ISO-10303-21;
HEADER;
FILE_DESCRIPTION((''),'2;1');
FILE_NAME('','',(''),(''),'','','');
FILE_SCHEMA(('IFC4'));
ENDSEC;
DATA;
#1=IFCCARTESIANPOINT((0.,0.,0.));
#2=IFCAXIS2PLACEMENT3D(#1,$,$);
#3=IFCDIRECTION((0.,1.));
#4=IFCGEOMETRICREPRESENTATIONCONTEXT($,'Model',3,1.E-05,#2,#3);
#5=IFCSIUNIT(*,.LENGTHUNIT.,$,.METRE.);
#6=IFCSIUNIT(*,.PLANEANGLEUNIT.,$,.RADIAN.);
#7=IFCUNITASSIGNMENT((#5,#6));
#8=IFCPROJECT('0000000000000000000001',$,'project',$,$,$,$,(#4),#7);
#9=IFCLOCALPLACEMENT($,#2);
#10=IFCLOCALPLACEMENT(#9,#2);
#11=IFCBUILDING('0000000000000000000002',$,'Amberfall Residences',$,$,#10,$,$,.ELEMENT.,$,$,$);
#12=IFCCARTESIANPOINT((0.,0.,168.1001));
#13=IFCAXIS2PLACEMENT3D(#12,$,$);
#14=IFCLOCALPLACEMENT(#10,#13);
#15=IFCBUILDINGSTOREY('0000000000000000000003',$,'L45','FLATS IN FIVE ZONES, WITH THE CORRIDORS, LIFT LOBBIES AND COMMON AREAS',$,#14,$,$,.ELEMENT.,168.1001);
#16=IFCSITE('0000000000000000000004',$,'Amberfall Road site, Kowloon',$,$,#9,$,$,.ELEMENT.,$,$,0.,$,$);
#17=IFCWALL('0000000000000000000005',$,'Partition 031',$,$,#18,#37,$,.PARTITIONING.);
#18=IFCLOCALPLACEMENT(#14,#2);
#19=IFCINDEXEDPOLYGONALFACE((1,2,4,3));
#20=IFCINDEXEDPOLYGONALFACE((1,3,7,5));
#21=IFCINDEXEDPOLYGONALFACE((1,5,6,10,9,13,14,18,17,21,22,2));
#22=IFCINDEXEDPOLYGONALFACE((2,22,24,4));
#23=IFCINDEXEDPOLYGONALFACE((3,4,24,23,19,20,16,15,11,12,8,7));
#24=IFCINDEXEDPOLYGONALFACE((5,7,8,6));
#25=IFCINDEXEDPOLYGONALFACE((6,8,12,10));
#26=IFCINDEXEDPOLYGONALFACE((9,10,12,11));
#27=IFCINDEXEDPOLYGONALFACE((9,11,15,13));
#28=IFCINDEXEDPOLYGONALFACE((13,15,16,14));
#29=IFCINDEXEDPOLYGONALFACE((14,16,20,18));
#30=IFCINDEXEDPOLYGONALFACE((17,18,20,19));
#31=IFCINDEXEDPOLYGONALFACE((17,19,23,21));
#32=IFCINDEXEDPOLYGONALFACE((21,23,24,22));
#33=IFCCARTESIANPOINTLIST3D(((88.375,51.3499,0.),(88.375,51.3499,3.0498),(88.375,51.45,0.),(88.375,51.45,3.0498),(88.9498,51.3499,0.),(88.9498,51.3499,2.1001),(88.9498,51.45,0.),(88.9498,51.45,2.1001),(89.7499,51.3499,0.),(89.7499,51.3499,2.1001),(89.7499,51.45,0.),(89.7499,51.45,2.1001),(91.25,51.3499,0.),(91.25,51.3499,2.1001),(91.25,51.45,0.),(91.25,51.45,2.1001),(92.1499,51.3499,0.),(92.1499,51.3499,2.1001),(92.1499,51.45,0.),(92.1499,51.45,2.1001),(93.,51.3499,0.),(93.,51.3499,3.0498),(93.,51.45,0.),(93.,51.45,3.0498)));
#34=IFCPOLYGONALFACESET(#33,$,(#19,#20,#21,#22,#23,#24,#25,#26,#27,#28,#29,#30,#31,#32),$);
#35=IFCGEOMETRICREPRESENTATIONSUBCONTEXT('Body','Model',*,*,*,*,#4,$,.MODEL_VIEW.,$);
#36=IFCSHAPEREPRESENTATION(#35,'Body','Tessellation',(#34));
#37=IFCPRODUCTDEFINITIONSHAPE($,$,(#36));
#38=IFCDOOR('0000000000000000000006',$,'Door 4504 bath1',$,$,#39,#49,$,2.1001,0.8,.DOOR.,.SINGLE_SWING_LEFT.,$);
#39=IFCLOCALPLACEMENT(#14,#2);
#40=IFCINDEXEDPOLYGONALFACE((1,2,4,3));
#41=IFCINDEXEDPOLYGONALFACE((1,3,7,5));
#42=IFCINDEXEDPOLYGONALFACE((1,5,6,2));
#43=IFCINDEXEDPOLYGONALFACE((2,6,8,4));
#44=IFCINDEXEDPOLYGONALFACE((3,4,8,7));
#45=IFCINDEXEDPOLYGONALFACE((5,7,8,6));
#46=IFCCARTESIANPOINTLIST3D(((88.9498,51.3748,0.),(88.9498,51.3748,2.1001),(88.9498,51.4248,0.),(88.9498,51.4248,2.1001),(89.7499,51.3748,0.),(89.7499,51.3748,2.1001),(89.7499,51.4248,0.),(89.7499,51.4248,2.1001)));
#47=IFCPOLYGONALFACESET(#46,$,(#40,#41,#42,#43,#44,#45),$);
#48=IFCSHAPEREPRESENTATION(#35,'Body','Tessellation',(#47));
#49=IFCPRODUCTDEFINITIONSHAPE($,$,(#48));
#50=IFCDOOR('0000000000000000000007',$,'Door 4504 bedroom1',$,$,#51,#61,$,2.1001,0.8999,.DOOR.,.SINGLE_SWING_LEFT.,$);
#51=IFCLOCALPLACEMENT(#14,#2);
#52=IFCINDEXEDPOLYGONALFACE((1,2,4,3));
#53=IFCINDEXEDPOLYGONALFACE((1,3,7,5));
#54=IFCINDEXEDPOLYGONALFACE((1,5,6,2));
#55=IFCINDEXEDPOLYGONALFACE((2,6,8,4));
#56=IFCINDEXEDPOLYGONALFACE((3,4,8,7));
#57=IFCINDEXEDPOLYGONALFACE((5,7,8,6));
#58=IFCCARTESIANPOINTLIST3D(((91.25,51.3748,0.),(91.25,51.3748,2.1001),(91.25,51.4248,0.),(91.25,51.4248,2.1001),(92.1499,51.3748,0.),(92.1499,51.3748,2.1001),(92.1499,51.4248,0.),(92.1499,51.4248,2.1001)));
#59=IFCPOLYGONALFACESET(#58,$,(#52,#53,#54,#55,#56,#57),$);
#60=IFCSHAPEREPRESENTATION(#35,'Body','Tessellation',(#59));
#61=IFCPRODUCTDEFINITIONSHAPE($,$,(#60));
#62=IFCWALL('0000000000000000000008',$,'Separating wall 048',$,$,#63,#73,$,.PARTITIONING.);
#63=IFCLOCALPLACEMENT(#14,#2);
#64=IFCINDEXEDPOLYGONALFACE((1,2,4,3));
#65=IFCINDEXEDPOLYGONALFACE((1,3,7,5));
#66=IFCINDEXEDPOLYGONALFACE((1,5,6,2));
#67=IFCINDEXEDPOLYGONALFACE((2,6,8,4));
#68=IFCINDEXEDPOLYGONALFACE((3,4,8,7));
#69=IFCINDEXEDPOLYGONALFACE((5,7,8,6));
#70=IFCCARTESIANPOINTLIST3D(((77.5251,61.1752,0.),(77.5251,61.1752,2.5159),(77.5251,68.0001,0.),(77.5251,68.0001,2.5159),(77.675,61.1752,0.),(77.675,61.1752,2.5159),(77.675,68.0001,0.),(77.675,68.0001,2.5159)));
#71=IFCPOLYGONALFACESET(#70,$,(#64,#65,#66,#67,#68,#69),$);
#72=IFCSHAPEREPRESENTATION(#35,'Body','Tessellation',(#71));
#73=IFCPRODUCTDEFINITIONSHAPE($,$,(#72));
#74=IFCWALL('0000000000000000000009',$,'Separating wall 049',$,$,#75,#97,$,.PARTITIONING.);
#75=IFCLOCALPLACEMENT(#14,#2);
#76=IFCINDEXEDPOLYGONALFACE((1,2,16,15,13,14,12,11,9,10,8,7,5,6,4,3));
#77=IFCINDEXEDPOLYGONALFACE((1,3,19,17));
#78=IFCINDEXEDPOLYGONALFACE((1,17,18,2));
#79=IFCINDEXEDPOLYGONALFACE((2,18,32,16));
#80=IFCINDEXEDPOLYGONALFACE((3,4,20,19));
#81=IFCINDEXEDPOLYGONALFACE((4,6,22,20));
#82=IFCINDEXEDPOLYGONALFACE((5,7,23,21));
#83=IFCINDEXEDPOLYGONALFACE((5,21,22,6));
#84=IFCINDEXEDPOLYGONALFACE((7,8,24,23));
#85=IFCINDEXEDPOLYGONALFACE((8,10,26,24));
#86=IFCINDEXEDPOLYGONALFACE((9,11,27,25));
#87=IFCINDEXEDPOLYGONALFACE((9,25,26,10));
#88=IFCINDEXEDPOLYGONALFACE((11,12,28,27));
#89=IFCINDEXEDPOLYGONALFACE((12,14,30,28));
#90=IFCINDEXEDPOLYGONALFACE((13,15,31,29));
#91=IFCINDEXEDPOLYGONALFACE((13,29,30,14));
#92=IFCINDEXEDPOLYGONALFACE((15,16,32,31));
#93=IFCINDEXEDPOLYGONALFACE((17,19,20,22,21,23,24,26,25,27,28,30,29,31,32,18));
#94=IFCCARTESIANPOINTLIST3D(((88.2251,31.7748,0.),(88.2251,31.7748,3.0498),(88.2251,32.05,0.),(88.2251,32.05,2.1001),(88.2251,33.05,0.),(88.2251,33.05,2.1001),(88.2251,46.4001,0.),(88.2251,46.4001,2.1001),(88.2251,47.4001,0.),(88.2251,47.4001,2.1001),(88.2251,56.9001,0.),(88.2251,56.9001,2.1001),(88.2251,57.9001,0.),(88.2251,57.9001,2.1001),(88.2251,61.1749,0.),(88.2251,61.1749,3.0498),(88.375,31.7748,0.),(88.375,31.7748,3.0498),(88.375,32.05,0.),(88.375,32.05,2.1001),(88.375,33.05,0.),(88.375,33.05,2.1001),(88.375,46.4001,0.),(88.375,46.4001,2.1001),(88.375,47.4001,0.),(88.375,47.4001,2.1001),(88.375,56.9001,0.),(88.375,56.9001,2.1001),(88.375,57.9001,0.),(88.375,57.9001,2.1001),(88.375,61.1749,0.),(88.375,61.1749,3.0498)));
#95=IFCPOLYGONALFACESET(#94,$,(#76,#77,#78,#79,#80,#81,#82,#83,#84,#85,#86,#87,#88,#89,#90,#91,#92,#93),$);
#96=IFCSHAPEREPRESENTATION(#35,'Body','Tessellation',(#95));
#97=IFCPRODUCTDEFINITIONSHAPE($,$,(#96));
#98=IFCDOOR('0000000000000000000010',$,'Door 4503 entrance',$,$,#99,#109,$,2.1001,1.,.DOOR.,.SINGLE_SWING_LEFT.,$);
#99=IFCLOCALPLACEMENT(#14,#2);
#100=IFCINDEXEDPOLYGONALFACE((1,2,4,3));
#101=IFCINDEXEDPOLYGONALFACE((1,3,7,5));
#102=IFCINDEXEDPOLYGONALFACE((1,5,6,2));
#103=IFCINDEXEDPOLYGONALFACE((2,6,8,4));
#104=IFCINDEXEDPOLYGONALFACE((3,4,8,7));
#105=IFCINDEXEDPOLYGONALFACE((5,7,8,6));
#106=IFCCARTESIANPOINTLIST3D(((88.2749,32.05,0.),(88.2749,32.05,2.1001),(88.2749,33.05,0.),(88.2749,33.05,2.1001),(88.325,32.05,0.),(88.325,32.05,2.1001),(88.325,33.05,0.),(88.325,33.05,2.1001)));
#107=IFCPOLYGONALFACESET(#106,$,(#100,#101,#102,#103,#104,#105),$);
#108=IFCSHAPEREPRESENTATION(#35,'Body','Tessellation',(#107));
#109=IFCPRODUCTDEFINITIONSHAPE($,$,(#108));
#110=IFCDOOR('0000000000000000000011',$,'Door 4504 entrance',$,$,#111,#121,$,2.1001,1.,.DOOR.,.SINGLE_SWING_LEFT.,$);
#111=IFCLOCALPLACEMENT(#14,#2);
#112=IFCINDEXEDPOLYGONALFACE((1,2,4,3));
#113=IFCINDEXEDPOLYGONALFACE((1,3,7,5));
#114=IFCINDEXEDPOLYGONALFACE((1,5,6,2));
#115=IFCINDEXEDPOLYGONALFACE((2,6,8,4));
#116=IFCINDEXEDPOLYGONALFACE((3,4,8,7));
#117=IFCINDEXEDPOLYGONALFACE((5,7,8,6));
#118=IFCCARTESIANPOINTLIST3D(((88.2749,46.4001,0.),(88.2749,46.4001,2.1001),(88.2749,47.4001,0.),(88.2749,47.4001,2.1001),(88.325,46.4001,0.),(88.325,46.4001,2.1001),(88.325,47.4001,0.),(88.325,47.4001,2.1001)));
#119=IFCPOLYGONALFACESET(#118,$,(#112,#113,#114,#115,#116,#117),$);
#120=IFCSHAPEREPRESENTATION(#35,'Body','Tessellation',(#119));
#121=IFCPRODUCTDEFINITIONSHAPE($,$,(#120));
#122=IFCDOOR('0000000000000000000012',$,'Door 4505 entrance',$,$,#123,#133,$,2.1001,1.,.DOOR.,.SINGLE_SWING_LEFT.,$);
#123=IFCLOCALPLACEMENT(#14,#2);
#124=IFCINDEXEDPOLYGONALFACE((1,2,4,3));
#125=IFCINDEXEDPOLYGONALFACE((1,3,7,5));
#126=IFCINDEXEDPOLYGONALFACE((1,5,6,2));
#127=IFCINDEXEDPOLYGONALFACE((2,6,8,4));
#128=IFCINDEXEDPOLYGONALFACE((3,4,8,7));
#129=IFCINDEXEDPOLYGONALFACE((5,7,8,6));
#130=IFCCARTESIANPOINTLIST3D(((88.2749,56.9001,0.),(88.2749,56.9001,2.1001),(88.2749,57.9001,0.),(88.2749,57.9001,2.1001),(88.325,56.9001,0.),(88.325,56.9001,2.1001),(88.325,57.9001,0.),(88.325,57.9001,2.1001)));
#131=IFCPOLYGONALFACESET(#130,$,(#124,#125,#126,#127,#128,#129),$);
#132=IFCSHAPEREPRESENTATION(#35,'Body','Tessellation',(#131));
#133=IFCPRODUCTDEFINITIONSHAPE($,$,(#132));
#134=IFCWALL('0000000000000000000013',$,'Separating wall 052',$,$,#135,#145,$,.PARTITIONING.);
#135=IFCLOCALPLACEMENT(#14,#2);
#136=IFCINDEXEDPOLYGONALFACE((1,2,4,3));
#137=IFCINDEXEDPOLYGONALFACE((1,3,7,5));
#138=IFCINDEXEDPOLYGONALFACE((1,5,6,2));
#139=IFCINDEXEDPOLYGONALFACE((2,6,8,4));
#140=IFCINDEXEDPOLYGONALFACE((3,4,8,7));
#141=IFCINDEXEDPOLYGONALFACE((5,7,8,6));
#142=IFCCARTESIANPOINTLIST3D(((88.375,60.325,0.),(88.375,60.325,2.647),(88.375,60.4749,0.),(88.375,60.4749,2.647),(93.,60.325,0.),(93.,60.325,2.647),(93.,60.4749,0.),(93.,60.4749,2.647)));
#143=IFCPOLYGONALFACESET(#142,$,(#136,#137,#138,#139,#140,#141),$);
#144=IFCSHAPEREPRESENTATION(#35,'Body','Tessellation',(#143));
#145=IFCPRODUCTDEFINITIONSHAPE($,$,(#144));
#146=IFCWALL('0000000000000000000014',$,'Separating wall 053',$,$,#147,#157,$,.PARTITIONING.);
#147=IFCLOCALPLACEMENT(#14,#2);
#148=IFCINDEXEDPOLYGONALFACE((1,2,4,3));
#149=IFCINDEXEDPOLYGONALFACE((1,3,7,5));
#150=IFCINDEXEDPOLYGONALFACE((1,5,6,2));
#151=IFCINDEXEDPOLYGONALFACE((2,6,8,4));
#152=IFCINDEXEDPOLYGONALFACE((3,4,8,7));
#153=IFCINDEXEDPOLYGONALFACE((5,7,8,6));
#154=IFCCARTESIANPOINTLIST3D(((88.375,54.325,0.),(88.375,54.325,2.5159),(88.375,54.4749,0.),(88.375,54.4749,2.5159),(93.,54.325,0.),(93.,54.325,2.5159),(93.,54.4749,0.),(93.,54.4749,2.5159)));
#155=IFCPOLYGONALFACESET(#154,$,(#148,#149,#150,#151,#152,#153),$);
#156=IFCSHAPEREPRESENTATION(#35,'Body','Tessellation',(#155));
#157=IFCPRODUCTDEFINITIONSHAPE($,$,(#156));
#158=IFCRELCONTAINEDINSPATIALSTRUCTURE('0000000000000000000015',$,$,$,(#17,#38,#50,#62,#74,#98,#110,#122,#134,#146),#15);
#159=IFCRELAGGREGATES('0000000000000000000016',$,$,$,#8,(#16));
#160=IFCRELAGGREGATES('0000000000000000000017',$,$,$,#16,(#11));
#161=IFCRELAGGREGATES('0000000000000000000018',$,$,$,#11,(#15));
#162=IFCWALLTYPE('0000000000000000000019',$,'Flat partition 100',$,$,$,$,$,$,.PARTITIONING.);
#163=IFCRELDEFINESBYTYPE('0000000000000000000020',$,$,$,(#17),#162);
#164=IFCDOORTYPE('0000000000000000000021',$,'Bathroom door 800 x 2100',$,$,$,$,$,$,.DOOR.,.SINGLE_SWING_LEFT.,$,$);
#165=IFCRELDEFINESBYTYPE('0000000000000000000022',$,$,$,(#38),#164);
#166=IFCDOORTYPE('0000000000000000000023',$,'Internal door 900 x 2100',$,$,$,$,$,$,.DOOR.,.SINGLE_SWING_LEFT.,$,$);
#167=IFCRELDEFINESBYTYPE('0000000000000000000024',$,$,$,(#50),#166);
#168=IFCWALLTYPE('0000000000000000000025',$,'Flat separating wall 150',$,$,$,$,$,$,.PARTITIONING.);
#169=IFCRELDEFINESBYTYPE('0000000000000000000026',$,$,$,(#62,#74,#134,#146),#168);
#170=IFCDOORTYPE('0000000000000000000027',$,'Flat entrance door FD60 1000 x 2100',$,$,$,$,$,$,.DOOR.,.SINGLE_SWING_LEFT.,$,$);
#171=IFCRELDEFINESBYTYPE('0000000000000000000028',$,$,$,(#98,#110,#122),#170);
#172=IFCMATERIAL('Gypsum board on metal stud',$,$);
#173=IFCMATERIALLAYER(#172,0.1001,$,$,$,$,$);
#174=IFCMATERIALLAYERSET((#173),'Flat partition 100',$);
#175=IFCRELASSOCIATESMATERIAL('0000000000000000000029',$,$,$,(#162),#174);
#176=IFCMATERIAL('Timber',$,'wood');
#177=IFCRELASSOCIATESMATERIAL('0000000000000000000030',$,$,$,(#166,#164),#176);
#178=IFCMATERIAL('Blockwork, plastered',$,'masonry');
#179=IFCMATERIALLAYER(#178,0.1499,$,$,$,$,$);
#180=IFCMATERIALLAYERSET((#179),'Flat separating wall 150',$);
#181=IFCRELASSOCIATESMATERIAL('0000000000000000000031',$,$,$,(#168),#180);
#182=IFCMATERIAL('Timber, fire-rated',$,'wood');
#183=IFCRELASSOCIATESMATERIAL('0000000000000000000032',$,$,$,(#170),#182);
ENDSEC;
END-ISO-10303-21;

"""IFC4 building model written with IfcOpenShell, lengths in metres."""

from ifc_helpers import new_model, si_unit, direction, frame, frame_2d, origin, place, context, subcontext, project, spatial, rectangle, extrude, material, layer, layer_set, type_object, element, fill, save


model = new_model("IFC4")

# Units and contexts
model_context = context("Model", 3, precision=1e-05, world=origin(), true_north=direction((0.0, 1.0)))
body_context = subcontext(model_context, "Body", "Model", "MODEL_VIEW")
ifc_project = project(units=[si_unit("LENGTHUNIT", "METRE"), si_unit("PLANEANGLEUNIT", "RADIAN")], contexts=[model_context])

# Site, building, storey
site_placement = place(None, origin())
site = spatial("IfcSite", under=ifc_project, at=site_placement, Name="Amberfall Road site, Kowloon", CompositionType="ELEMENT", RefElevation=0.0)
building_placement = place(site_placement, origin())
building = spatial("IfcBuilding", under=site, at=building_placement, Name="Amberfall Residences", CompositionType="ELEMENT")
storey_placement = place(building_placement, frame((0.0, 0.0, 168.1001)))
storey = spatial("IfcBuildingStorey", under=building, at=storey_placement, Name="L45", Description="FLATS IN FIVE ZONES, WITH THE CORRIDORS, LIFT LOBBIES AND COMMON AREAS", CompositionType="ELEMENT", Elevation=168.1001)

# Shared definitions
ifc_material_1 = material(Name="Gypsum board on metal stud")
ifc_layer_1 = layer(ifc_material_1, 0.1001)
ifc_layer_set_1 = layer_set([ifc_layer_1], Name="Flat partition 100")
wall_type_1 = type_object("IfcWallType", Name="Flat partition 100", PredefinedType="PARTITIONING", material=ifc_layer_set_1)

# Shared definitions
ifc_material_2 = material(Name="Timber", Category="wood")
door_type_1 = type_object("IfcDoorType", Name="Internal door 900 x 2100", OperationType="SINGLE_SWING_LEFT", PredefinedType="DOOR", material=ifc_material_2)

# Shared definitions
door_type_2 = type_object("IfcDoorType", Name="Bathroom door 800 x 2100", OperationType="SINGLE_SWING_LEFT", PredefinedType="DOOR", material=ifc_material_2)

# Wall, openings, doors
wall_1_placement = place(storey_placement, frame((88.375, 51.3999, 0.0), z_axis=(0.0, 0.0, 1.0), x_axis=(1.0, 0.0, 0.0)))
wall_1 = element("IfcWall", 1, at=wall_1_placement, inside=storey, type_object=wall_type_1, Name="Partition 031", PredefinedType="PARTITIONING", context=body_context, shape_type="SweptSolid", body=[
    extrude(rectangle(XDim=4.625, YDim=0.1001, at=frame_2d((2.3125, 0.0))), origin(), (0.0, 0.0, 1.0), 3.0498),
])
opening_1_placement = place(wall_1_placement, frame((2.875, 0.0, 0.0)))
opening_1 = element("IfcOpeningElement", 2, at=opening_1_placement, cuts=wall_1, PredefinedType="OPENING", context=body_context, shape_type="SweptSolid", body=[
    extrude(rectangle(XDim=0.8999, YDim=2.1001, at=frame_2d((0.45, 1.05))), frame((0.0, 0.0601, 0.0), z_axis=(0.0, -1.0, 0.0), x_axis=(1.0, 0.0, 0.0)), (0.0, 0.0, 1.0), 0.1201),
])
opening_2_placement = place(wall_1_placement, frame((0.575, 0.0, 0.0)))
opening_2 = element("IfcOpeningElement", 3, at=opening_2_placement, cuts=wall_1, PredefinedType="OPENING", context=body_context, shape_type="SweptSolid", body=[
    extrude(rectangle(XDim=0.8, YDim=2.1001, at=frame_2d((0.3999, 1.05))), frame((0.0, 0.0601, 0.0), z_axis=(0.0, -1.0, 0.0), x_axis=(1.0, 0.0, 0.0)), (0.0, 0.0, 1.0), 0.1201),
])
door_1_placement = place(opening_2_placement, origin())
door_1 = element("IfcDoor", 4, at=door_1_placement, inside=storey, type_object=door_type_2, Name="Door 4504 bath1", OperationType="SINGLE_SWING_LEFT", OverallHeight=2.1001, OverallWidth=0.8, PredefinedType="DOOR", context=body_context, shape_type="SweptSolid", body=[
    extrude(rectangle(XDim=0.8, YDim=2.1001, at=frame_2d((0.3999, 1.05))), frame((0.0, 0.0249, 0.0), z_axis=(0.0, -1.0, 0.0), x_axis=(1.0, 0.0, 0.0)), (0.0, 0.0, 1.0), 0.05),
])
fill(opening_2, door_1)
door_2_placement = place(opening_1_placement, origin())
door_2 = element("IfcDoor", 5, at=door_2_placement, inside=storey, type_object=door_type_1, Name="Door 4504 bedroom1", OperationType="SINGLE_SWING_LEFT", OverallHeight=2.1001, OverallWidth=0.8999, PredefinedType="DOOR", context=body_context, shape_type="SweptSolid", body=[
    extrude(rectangle(XDim=0.8999, YDim=2.1001, at=frame_2d((0.45, 1.05))), frame((0.0, 0.0249, 0.0), z_axis=(0.0, -1.0, 0.0), x_axis=(1.0, 0.0, 0.0)), (0.0, 0.0, 1.0), 0.05),
])
fill(opening_1, door_2)

# Wall
ifc_material_3 = material(Name="Blockwork, plastered", Category="masonry")
ifc_layer_2 = layer(ifc_material_3, 0.1499)
ifc_layer_set_2 = layer_set([ifc_layer_2], Name="Flat separating wall 150")
wall_type_2 = type_object("IfcWallType", Name="Flat separating wall 150", PredefinedType="PARTITIONING", material=ifc_layer_set_2)
wall_2_placement = place(storey_placement, frame((77.6001, 61.175, 0.0), z_axis=(0.0, 0.0, 1.0), x_axis=(0.0, 1.0, 0.0)))
element("IfcWall", 6, at=wall_2_placement, inside=storey, type_object=wall_type_2, Name="Separating wall 048", PredefinedType="PARTITIONING", context=body_context, shape_type="SweptSolid", body=[
    extrude(rectangle(XDim=6.825, YDim=0.1499, at=frame_2d((3.4126, 0.0))), origin(), (0.0, 0.0, 1.0), 2.5159),
])

# Wall, openings, doors
wall_3_placement = place(storey_placement, frame((88.3, 61.175, 0.0), z_axis=(0.0, 0.0, 1.0), x_axis=(0.0, -1.0, 0.0)))
wall_3 = element("IfcWall", 7, at=wall_3_placement, inside=storey, type_object=wall_type_2, Name="Separating wall 049", PredefinedType="PARTITIONING", context=body_context, shape_type="SweptSolid", body=[
    extrude(rectangle(XDim=29.4001, YDim=0.1499, at=frame_2d((14.7002, 0.0))), origin(), (0.0, 0.0, 1.0), 3.0498),
])
opening_3_placement = place(wall_3_placement, frame((28.125, 0.0, 0.0)))
opening_3 = element("IfcOpeningElement", 8, at=opening_3_placement, cuts=wall_3, PredefinedType="OPENING", context=body_context, shape_type="SweptSolid", body=[
    extrude(rectangle(XDim=1.0, YDim=2.1001, at=frame_2d((0.5, 1.05))), frame((0.0, 0.085, 0.0), z_axis=(0.0, -1.0, 0.0), x_axis=(1.0, 0.0, 0.0)), (0.0, 0.0, 1.0), 0.1699),
])
opening_4_placement = place(wall_3_placement, frame((13.7749, 0.0, 0.0)))
opening_4 = element("IfcOpeningElement", 9, at=opening_4_placement, cuts=wall_3, PredefinedType="OPENING", context=body_context, shape_type="SweptSolid", body=[
    extrude(rectangle(XDim=1.0, YDim=2.1001, at=frame_2d((0.5, 1.05))), frame((0.0, 0.085, 0.0), z_axis=(0.0, -1.0, 0.0), x_axis=(1.0, 0.0, 0.0)), (0.0, 0.0, 1.0), 0.1699),
])
opening_5_placement = place(wall_3_placement, frame((3.2749, 0.0, 0.0)))
opening_5 = element("IfcOpeningElement", 10, at=opening_5_placement, cuts=wall_3, PredefinedType="OPENING", context=body_context, shape_type="SweptSolid", body=[
    extrude(rectangle(XDim=1.0, YDim=2.1001, at=frame_2d((0.5, 1.05))), frame((0.0, 0.085, 0.0), z_axis=(0.0, -1.0, 0.0), x_axis=(1.0, 0.0, 0.0)), (0.0, 0.0, 1.0), 0.1699),
])
ifc_material_4 = material(Name="Timber, fire-rated", Category="wood")
door_type_3 = type_object("IfcDoorType", Name="Flat entrance door FD60 1000 x 2100", OperationType="SINGLE_SWING_LEFT", PredefinedType="DOOR", material=ifc_material_4)
door_3_placement = place(opening_3_placement, origin())
door_3 = element("IfcDoor", 11, at=door_3_placement, inside=storey, type_object=door_type_3, Name="Door 4503 entrance", OperationType="SINGLE_SWING_LEFT", OverallHeight=2.1001, OverallWidth=1.0, PredefinedType="DOOR", context=body_context, shape_type="SweptSolid", body=[
    extrude(rectangle(XDim=1.0, YDim=2.1001, at=frame_2d((0.5, 1.05))), frame((0.0, 0.0249, 0.0), z_axis=(0.0, -1.0, 0.0), x_axis=(1.0, 0.0, 0.0)), (0.0, 0.0, 1.0), 0.05),
])
fill(opening_3, door_3)
door_4_placement = place(opening_4_placement, origin())
door_4 = element("IfcDoor", 12, at=door_4_placement, inside=storey, type_object=door_type_3, Name="Door 4504 entrance", OperationType="SINGLE_SWING_LEFT", OverallHeight=2.1001, OverallWidth=1.0, PredefinedType="DOOR", context=body_context, shape_type="SweptSolid", body=[
    extrude(rectangle(XDim=1.0, YDim=2.1001, at=frame_2d((0.5, 1.05))), frame((0.0, 0.0249, 0.0), z_axis=(0.0, -1.0, 0.0), x_axis=(1.0, 0.0, 0.0)), (0.0, 0.0, 1.0), 0.05),
])
fill(opening_4, door_4)
door_5_placement = place(opening_5_placement, origin())
door_5 = element("IfcDoor", 13, at=door_5_placement, inside=storey, type_object=door_type_3, Name="Door 4505 entrance", OperationType="SINGLE_SWING_LEFT", OverallHeight=2.1001, OverallWidth=1.0, PredefinedType="DOOR", context=body_context, shape_type="SweptSolid", body=[
    extrude(rectangle(XDim=1.0, YDim=2.1001, at=frame_2d((0.5, 1.05))), frame((0.0, 0.0249, 0.0), z_axis=(0.0, -1.0, 0.0), x_axis=(1.0, 0.0, 0.0)), (0.0, 0.0, 1.0), 0.05),
])
fill(opening_5, door_5)

# Walls
wall_4_placement = place(storey_placement, frame((88.375, 60.3999, 0.0), z_axis=(0.0, 0.0, 1.0), x_axis=(1.0, 0.0, 0.0)))
element("IfcWall", 14, at=wall_4_placement, inside=storey, type_object=wall_type_2, Name="Separating wall 052", PredefinedType="PARTITIONING", context=body_context, shape_type="SweptSolid", body=[
    extrude(rectangle(XDim=4.625, YDim=0.1499, at=frame_2d((2.3125, 0.0))), origin(), (0.0, 0.0, 1.0), 2.647),
])
wall_5_placement = place(storey_placement, frame((88.375, 54.3999, 0.0), z_axis=(0.0, 0.0, 1.0), x_axis=(1.0, 0.0, 0.0)))
element("IfcWall", 15, at=wall_5_placement, inside=storey, type_object=wall_type_2, Name="Separating wall 053", PredefinedType="PARTITIONING", context=body_context, shape_type="SweptSolid", body=[
    extrude(rectangle(XDim=4.625, YDim=0.1499, at=frame_2d((2.3125, 0.0))), origin(), (0.0, 0.0, 1.0), 2.5159),
])

save(model, "model.ifc")
